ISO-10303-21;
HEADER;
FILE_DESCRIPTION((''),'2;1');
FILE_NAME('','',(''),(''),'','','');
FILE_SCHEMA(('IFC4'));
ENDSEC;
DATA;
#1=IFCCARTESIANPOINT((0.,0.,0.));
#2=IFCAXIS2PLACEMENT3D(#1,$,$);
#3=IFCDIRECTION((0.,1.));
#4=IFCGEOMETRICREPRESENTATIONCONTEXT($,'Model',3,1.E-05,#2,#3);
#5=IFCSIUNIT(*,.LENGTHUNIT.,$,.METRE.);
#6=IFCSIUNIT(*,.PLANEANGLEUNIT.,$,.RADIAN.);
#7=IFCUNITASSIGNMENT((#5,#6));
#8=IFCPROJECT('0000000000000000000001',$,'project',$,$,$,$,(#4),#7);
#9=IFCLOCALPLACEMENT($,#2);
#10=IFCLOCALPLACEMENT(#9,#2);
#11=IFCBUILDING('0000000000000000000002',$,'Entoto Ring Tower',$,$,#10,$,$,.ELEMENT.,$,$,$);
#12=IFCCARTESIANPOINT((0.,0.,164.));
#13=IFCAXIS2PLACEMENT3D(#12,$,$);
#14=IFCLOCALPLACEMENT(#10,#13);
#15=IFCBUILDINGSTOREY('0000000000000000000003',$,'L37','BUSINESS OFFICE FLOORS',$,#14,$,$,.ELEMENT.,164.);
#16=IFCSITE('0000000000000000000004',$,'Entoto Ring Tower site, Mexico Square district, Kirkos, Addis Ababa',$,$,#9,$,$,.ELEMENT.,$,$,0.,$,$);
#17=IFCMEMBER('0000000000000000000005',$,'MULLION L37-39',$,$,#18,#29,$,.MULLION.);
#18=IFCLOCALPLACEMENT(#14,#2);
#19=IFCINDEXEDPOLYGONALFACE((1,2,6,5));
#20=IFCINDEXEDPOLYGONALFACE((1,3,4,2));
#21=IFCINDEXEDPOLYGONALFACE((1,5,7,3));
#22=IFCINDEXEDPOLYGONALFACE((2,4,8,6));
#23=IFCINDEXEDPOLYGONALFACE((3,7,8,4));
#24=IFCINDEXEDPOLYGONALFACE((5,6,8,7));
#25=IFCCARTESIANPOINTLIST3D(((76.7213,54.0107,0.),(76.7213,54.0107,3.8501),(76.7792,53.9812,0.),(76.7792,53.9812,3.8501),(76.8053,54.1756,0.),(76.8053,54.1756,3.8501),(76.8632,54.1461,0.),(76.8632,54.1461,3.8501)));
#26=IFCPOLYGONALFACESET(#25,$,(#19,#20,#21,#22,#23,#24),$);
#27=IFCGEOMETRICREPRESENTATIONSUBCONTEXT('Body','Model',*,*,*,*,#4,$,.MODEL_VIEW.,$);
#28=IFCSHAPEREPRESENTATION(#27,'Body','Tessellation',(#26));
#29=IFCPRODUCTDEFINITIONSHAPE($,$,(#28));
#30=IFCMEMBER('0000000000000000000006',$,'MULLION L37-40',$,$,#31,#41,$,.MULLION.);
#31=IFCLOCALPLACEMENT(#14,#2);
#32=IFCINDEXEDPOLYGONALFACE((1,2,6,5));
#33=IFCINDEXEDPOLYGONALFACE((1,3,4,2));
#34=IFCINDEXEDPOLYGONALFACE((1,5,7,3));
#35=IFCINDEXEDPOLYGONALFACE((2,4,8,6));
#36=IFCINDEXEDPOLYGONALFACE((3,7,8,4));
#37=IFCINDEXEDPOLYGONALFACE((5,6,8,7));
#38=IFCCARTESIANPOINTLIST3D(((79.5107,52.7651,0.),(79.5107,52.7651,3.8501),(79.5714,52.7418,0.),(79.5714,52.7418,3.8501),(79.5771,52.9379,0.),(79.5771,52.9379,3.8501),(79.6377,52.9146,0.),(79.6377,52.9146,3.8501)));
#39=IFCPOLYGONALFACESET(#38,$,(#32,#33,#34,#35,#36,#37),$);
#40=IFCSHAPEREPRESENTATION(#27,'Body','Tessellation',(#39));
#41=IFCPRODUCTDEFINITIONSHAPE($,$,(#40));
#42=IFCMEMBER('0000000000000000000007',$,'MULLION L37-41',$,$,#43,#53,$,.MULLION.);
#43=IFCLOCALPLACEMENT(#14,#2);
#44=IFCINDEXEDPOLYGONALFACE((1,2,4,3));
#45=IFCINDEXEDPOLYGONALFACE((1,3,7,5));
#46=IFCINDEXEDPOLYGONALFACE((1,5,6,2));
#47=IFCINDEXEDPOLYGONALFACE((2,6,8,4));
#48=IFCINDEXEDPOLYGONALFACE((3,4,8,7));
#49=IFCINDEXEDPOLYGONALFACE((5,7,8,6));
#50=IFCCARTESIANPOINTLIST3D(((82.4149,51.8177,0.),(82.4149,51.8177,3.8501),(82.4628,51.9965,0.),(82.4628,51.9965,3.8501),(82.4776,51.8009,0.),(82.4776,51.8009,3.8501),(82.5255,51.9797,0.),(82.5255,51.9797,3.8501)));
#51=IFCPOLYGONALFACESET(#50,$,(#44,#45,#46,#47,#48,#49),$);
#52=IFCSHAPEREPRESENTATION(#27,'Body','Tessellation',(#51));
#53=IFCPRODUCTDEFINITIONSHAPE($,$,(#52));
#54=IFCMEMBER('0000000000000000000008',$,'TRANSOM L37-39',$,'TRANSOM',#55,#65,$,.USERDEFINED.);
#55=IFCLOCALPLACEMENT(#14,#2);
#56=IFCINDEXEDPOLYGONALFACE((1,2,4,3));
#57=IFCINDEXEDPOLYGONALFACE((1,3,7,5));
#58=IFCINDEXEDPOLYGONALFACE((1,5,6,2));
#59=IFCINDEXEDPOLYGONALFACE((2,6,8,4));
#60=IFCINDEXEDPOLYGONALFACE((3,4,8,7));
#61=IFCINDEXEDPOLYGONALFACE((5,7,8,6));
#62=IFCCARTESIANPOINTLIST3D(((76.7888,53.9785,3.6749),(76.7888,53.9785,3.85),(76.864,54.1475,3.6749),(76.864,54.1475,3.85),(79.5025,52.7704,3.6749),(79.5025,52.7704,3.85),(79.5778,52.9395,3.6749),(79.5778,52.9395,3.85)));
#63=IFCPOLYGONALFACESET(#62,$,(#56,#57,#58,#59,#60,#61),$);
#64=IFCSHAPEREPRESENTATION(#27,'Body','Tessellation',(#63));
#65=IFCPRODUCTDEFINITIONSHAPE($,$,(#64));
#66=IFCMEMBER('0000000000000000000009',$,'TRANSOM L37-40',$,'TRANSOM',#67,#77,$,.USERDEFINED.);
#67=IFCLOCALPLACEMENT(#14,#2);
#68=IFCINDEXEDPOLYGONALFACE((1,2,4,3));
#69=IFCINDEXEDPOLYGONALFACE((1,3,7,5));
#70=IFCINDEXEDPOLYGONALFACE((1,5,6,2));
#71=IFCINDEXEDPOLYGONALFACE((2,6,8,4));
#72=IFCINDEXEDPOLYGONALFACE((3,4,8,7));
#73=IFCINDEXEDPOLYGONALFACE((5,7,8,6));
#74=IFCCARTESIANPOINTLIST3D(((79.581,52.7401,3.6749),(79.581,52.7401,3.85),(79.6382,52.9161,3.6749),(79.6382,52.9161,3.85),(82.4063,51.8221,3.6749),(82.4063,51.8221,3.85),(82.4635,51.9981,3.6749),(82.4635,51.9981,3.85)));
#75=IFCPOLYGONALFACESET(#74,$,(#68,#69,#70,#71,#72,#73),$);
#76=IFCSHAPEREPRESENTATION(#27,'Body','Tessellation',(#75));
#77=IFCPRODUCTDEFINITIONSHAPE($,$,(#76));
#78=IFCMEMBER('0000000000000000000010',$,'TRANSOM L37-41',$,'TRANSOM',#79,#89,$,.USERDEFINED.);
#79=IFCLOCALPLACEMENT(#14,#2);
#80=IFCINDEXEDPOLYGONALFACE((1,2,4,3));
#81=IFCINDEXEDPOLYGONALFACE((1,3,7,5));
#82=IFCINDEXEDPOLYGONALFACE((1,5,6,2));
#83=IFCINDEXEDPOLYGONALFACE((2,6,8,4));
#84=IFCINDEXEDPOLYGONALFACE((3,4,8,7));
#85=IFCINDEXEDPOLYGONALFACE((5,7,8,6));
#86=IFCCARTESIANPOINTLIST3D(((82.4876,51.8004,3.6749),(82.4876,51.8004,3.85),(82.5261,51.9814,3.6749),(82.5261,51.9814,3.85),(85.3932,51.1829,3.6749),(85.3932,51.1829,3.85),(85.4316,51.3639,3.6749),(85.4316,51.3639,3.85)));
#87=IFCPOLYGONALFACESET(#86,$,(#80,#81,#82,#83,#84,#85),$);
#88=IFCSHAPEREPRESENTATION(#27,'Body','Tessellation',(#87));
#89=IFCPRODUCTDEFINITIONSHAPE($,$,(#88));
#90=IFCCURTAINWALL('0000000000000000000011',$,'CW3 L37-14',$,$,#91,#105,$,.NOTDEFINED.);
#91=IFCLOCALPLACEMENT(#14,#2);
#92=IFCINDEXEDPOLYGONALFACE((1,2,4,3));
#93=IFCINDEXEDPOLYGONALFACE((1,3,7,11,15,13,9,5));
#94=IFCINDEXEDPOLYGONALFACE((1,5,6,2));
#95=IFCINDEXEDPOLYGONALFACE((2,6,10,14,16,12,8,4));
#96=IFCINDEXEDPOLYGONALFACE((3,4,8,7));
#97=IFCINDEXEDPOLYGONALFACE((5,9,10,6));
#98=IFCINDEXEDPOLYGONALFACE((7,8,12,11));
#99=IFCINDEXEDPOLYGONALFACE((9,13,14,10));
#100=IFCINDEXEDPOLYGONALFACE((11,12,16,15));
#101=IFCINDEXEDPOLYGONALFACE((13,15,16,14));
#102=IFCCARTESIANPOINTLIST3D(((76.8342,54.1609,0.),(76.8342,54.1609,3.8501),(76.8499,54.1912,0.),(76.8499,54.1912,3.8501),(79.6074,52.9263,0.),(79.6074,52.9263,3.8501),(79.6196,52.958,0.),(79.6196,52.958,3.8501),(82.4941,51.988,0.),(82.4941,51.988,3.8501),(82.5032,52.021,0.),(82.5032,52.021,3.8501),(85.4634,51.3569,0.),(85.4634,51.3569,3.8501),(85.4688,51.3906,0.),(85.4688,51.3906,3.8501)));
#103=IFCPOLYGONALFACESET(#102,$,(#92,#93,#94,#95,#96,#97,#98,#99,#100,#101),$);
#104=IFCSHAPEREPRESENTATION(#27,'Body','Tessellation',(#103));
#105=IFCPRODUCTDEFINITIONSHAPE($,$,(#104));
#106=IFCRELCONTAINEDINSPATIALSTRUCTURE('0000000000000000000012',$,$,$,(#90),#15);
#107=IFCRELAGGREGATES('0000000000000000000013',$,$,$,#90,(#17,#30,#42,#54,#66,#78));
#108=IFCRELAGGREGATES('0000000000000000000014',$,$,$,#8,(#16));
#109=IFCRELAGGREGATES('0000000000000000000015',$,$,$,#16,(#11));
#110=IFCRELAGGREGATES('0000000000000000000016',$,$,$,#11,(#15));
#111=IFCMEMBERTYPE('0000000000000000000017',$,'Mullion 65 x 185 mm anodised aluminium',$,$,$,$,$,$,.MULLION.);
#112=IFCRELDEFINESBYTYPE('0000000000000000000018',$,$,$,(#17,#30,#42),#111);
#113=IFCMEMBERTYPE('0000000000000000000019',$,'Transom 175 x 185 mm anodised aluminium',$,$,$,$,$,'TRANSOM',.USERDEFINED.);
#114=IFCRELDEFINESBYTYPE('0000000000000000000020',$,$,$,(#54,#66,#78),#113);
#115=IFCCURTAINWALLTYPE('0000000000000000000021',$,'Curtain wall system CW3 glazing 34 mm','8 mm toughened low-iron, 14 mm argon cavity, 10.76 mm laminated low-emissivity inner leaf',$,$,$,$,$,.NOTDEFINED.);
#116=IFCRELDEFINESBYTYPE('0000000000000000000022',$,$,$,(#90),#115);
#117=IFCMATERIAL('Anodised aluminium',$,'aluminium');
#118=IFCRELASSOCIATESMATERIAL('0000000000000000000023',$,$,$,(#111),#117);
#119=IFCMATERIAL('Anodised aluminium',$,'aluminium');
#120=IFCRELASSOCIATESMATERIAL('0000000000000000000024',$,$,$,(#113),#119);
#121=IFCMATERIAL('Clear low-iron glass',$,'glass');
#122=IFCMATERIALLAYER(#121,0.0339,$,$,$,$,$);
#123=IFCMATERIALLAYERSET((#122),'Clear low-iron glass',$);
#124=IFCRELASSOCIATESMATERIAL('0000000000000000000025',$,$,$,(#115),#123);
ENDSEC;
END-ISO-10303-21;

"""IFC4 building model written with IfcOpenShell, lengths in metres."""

from ifc_helpers import new_model, si_unit, direction, frame, origin, origin_2d, place, context, subcontext, project, spatial, polyline, rectangle, outline, extrude, material, layer, layer_set, material_profile, profile_set, type_object, element, aggregate, save


model = new_model("IFC4")

# Units and contexts
model_context = context("Model", 3, precision=1e-05, world=origin(), true_north=direction((0.0, 1.0)))
body_context = subcontext(model_context, "Body", "Model", "MODEL_VIEW")
ifc_project = project(units=[si_unit("LENGTHUNIT", "METRE"), si_unit("PLANEANGLEUNIT", "RADIAN")], contexts=[model_context])

# Members
ifc_material_1 = material(Name="Anodised aluminium", Category="aluminium")
ifc_material_profile_1 = material_profile(ifc_material_1, rectangle(XDim=0.0649, YDim=0.1851, at=origin_2d()), Name="Mullion 65 x 185 mm anodised aluminium")
ifc_profile_set_1 = profile_set([ifc_material_profile_1], Name="Anodised aluminium")
member_type_1 = type_object("IfcMemberType", Name="Mullion 65 x 185 mm anodised aluminium", PredefinedType="MULLION", material=ifc_profile_set_1)
site_placement = place(None, origin())
building_placement = place(site_placement, origin())
storey_placement = place(building_placement, frame((0.0, 0.0, 164.0)))
member_1_placement = place(storey_placement, frame((76.7922, 54.0784, 0.0), z_axis=(0.0, 0.0, 1.0), x_axis=(0.891007, -0.45399, 0.0)))
member_1 = element("IfcMember", 1, at=member_1_placement, type_object=member_type_1, Name="MULLION L37-39", PredefinedType="MULLION", context=body_context, shape_type="SweptSolid", body=[
    extrude(rectangle(XDim=0.0649, YDim=0.1851, at=origin_2d()), origin(), (0.0, 0.0, 1.0), 3.8501),
])
member_2_placement = place(storey_placement, frame((79.5742, 52.8398, 0.0), z_axis=(0.0, 0.0, 1.0), x_axis=(0.93358, -0.358368, 0.0)))
member_2 = element("IfcMember", 2, at=member_2_placement, type_object=member_type_1, Name="MULLION L37-40", PredefinedType="MULLION", context=body_context, shape_type="SweptSolid", body=[
    extrude(rectangle(XDim=0.0649, YDim=0.1851, at=origin_2d()), origin(), (0.0, 0.0, 1.0), 3.8501),
])
member_3_placement = place(storey_placement, frame((82.4702, 51.8987, 0.0), z_axis=(0.0, 0.0, 1.0), x_axis=(0.965926, -0.258819, 0.0)))
member_3 = element("IfcMember", 3, at=member_3_placement, type_object=member_type_1, Name="MULLION L37-41", PredefinedType="MULLION", context=body_context, shape_type="SweptSolid", body=[
    extrude(rectangle(XDim=0.0649, YDim=0.1851, at=origin_2d()), origin(), (0.0, 0.0, 1.0), 3.8501),
])
ifc_material_2 = material(Name="Anodised aluminium", Category="aluminium")
ifc_material_profile_2 = material_profile(ifc_material_2, rectangle(XDim=0.1851, YDim=0.175, at=origin_2d()), Name="Transom 175 x 185 mm anodised aluminium")
ifc_profile_set_2 = profile_set([ifc_material_profile_2], Name="Anodised aluminium")
member_type_2 = type_object("IfcMemberType", Name="Transom 175 x 185 mm anodised aluminium", ElementType="TRANSOM", PredefinedType="USERDEFINED", material=ifc_profile_set_2)
member_4_placement = place(storey_placement, frame((76.8264, 54.063, 3.7625), z_axis=(0.913567, -0.406687, 0.0), x_axis=(0.406687, 0.913567, 0.0)))
member_4 = element("IfcMember", 4, at=member_4_placement, type_object=member_type_2, Name="TRANSOM L37-39", ObjectType="TRANSOM", PredefinedType="USERDEFINED", context=body_context, shape_type="SweptSolid", body=[
    extrude(rectangle(XDim=0.1851, YDim=0.175, at=origin_2d()), origin(), (0.0, 0.0, 1.0), 2.9705),
])
member_5_placement = place(storey_placement, frame((79.6096, 52.8281, 3.7625), z_axis=(0.951056, -0.309019, 0.0), x_axis=(0.309019, 0.951056, 0.0)))
member_5 = element("IfcMember", 5, at=member_5_placement, type_object=member_type_2, Name="TRANSOM L37-40", ObjectType="TRANSOM", PredefinedType="USERDEFINED", context=body_context, shape_type="SweptSolid", body=[
    extrude(rectangle(XDim=0.1851, YDim=0.175, at=origin_2d()), origin(), (0.0, 0.0, 1.0), 2.9707),
])
member_6_placement = place(storey_placement, frame((82.5068, 51.8909, 3.7625), z_axis=(0.978158, -0.207862, 0.0), x_axis=(0.207862, 0.978158, 0.0)))
member_6 = element("IfcMember", 6, at=member_6_placement, type_object=member_type_2, Name="TRANSOM L37-41", ObjectType="TRANSOM", PredefinedType="USERDEFINED", context=body_context, shape_type="SweptSolid", body=[
    extrude(rectangle(XDim=0.1851, YDim=0.175, at=origin_2d()), origin(), (0.0, 0.0, 1.0), 2.9705),
])

# Site, building, storey
site = spatial("IfcSite", under=ifc_project, at=site_placement, Name="Entoto Ring Tower site, Mexico Square district, Kirkos, Addis Ababa", CompositionType="ELEMENT", RefElevation=0.0)
building = spatial("IfcBuilding", under=site, at=building_placement, Name="Entoto Ring Tower", CompositionType="ELEMENT")
storey = spatial("IfcBuildingStorey", under=building, at=storey_placement, Name="L37", Description="BUSINESS OFFICE FLOORS", CompositionType="ELEMENT", Elevation=164.0)

# Curtain wall
ifc_material_3 = material(Name="Clear low-iron glass", Category="glass")
ifc_layer = layer(ifc_material_3, 0.0339)
ifc_layer_set = layer_set([ifc_layer], Name="Clear low-iron glass")
curtain_wall_type = type_object("IfcCurtainWallType", Name="Curtain wall system CW3 glazing 34 mm", Description="8 mm toughened low-iron, 14 mm argon cavity, 10.76 mm laminated low-emissivity inner leaf", PredefinedType="NOTDEFINED", material=ifc_layer_set)
curtain_wall_1_placement = place(storey_placement, origin())
curtain_wall_1 = element("IfcCurtainWall", 7, at=curtain_wall_1_placement, inside=storey, type_object=curtain_wall_type, Name="CW3 L37-14", PredefinedType="NOTDEFINED", context=body_context, shape_type="SweptSolid", body=[
    extrude(outline(polyline([(76.8342, 54.1609), (79.6074, 52.9263), (82.4941, 51.988), (85.4634, 51.3569), (85.4688, 51.3906), (82.5032, 52.021), (79.6196, 52.958), (76.8499, 54.1912), (76.8342, 54.1609)])), origin(), (0.0, 0.0, 1.0), 3.8501),
])
aggregate(curtain_wall_1, [member_1, member_2, member_3, member_4, member_5, member_6])

save(model, "model.ifc")
